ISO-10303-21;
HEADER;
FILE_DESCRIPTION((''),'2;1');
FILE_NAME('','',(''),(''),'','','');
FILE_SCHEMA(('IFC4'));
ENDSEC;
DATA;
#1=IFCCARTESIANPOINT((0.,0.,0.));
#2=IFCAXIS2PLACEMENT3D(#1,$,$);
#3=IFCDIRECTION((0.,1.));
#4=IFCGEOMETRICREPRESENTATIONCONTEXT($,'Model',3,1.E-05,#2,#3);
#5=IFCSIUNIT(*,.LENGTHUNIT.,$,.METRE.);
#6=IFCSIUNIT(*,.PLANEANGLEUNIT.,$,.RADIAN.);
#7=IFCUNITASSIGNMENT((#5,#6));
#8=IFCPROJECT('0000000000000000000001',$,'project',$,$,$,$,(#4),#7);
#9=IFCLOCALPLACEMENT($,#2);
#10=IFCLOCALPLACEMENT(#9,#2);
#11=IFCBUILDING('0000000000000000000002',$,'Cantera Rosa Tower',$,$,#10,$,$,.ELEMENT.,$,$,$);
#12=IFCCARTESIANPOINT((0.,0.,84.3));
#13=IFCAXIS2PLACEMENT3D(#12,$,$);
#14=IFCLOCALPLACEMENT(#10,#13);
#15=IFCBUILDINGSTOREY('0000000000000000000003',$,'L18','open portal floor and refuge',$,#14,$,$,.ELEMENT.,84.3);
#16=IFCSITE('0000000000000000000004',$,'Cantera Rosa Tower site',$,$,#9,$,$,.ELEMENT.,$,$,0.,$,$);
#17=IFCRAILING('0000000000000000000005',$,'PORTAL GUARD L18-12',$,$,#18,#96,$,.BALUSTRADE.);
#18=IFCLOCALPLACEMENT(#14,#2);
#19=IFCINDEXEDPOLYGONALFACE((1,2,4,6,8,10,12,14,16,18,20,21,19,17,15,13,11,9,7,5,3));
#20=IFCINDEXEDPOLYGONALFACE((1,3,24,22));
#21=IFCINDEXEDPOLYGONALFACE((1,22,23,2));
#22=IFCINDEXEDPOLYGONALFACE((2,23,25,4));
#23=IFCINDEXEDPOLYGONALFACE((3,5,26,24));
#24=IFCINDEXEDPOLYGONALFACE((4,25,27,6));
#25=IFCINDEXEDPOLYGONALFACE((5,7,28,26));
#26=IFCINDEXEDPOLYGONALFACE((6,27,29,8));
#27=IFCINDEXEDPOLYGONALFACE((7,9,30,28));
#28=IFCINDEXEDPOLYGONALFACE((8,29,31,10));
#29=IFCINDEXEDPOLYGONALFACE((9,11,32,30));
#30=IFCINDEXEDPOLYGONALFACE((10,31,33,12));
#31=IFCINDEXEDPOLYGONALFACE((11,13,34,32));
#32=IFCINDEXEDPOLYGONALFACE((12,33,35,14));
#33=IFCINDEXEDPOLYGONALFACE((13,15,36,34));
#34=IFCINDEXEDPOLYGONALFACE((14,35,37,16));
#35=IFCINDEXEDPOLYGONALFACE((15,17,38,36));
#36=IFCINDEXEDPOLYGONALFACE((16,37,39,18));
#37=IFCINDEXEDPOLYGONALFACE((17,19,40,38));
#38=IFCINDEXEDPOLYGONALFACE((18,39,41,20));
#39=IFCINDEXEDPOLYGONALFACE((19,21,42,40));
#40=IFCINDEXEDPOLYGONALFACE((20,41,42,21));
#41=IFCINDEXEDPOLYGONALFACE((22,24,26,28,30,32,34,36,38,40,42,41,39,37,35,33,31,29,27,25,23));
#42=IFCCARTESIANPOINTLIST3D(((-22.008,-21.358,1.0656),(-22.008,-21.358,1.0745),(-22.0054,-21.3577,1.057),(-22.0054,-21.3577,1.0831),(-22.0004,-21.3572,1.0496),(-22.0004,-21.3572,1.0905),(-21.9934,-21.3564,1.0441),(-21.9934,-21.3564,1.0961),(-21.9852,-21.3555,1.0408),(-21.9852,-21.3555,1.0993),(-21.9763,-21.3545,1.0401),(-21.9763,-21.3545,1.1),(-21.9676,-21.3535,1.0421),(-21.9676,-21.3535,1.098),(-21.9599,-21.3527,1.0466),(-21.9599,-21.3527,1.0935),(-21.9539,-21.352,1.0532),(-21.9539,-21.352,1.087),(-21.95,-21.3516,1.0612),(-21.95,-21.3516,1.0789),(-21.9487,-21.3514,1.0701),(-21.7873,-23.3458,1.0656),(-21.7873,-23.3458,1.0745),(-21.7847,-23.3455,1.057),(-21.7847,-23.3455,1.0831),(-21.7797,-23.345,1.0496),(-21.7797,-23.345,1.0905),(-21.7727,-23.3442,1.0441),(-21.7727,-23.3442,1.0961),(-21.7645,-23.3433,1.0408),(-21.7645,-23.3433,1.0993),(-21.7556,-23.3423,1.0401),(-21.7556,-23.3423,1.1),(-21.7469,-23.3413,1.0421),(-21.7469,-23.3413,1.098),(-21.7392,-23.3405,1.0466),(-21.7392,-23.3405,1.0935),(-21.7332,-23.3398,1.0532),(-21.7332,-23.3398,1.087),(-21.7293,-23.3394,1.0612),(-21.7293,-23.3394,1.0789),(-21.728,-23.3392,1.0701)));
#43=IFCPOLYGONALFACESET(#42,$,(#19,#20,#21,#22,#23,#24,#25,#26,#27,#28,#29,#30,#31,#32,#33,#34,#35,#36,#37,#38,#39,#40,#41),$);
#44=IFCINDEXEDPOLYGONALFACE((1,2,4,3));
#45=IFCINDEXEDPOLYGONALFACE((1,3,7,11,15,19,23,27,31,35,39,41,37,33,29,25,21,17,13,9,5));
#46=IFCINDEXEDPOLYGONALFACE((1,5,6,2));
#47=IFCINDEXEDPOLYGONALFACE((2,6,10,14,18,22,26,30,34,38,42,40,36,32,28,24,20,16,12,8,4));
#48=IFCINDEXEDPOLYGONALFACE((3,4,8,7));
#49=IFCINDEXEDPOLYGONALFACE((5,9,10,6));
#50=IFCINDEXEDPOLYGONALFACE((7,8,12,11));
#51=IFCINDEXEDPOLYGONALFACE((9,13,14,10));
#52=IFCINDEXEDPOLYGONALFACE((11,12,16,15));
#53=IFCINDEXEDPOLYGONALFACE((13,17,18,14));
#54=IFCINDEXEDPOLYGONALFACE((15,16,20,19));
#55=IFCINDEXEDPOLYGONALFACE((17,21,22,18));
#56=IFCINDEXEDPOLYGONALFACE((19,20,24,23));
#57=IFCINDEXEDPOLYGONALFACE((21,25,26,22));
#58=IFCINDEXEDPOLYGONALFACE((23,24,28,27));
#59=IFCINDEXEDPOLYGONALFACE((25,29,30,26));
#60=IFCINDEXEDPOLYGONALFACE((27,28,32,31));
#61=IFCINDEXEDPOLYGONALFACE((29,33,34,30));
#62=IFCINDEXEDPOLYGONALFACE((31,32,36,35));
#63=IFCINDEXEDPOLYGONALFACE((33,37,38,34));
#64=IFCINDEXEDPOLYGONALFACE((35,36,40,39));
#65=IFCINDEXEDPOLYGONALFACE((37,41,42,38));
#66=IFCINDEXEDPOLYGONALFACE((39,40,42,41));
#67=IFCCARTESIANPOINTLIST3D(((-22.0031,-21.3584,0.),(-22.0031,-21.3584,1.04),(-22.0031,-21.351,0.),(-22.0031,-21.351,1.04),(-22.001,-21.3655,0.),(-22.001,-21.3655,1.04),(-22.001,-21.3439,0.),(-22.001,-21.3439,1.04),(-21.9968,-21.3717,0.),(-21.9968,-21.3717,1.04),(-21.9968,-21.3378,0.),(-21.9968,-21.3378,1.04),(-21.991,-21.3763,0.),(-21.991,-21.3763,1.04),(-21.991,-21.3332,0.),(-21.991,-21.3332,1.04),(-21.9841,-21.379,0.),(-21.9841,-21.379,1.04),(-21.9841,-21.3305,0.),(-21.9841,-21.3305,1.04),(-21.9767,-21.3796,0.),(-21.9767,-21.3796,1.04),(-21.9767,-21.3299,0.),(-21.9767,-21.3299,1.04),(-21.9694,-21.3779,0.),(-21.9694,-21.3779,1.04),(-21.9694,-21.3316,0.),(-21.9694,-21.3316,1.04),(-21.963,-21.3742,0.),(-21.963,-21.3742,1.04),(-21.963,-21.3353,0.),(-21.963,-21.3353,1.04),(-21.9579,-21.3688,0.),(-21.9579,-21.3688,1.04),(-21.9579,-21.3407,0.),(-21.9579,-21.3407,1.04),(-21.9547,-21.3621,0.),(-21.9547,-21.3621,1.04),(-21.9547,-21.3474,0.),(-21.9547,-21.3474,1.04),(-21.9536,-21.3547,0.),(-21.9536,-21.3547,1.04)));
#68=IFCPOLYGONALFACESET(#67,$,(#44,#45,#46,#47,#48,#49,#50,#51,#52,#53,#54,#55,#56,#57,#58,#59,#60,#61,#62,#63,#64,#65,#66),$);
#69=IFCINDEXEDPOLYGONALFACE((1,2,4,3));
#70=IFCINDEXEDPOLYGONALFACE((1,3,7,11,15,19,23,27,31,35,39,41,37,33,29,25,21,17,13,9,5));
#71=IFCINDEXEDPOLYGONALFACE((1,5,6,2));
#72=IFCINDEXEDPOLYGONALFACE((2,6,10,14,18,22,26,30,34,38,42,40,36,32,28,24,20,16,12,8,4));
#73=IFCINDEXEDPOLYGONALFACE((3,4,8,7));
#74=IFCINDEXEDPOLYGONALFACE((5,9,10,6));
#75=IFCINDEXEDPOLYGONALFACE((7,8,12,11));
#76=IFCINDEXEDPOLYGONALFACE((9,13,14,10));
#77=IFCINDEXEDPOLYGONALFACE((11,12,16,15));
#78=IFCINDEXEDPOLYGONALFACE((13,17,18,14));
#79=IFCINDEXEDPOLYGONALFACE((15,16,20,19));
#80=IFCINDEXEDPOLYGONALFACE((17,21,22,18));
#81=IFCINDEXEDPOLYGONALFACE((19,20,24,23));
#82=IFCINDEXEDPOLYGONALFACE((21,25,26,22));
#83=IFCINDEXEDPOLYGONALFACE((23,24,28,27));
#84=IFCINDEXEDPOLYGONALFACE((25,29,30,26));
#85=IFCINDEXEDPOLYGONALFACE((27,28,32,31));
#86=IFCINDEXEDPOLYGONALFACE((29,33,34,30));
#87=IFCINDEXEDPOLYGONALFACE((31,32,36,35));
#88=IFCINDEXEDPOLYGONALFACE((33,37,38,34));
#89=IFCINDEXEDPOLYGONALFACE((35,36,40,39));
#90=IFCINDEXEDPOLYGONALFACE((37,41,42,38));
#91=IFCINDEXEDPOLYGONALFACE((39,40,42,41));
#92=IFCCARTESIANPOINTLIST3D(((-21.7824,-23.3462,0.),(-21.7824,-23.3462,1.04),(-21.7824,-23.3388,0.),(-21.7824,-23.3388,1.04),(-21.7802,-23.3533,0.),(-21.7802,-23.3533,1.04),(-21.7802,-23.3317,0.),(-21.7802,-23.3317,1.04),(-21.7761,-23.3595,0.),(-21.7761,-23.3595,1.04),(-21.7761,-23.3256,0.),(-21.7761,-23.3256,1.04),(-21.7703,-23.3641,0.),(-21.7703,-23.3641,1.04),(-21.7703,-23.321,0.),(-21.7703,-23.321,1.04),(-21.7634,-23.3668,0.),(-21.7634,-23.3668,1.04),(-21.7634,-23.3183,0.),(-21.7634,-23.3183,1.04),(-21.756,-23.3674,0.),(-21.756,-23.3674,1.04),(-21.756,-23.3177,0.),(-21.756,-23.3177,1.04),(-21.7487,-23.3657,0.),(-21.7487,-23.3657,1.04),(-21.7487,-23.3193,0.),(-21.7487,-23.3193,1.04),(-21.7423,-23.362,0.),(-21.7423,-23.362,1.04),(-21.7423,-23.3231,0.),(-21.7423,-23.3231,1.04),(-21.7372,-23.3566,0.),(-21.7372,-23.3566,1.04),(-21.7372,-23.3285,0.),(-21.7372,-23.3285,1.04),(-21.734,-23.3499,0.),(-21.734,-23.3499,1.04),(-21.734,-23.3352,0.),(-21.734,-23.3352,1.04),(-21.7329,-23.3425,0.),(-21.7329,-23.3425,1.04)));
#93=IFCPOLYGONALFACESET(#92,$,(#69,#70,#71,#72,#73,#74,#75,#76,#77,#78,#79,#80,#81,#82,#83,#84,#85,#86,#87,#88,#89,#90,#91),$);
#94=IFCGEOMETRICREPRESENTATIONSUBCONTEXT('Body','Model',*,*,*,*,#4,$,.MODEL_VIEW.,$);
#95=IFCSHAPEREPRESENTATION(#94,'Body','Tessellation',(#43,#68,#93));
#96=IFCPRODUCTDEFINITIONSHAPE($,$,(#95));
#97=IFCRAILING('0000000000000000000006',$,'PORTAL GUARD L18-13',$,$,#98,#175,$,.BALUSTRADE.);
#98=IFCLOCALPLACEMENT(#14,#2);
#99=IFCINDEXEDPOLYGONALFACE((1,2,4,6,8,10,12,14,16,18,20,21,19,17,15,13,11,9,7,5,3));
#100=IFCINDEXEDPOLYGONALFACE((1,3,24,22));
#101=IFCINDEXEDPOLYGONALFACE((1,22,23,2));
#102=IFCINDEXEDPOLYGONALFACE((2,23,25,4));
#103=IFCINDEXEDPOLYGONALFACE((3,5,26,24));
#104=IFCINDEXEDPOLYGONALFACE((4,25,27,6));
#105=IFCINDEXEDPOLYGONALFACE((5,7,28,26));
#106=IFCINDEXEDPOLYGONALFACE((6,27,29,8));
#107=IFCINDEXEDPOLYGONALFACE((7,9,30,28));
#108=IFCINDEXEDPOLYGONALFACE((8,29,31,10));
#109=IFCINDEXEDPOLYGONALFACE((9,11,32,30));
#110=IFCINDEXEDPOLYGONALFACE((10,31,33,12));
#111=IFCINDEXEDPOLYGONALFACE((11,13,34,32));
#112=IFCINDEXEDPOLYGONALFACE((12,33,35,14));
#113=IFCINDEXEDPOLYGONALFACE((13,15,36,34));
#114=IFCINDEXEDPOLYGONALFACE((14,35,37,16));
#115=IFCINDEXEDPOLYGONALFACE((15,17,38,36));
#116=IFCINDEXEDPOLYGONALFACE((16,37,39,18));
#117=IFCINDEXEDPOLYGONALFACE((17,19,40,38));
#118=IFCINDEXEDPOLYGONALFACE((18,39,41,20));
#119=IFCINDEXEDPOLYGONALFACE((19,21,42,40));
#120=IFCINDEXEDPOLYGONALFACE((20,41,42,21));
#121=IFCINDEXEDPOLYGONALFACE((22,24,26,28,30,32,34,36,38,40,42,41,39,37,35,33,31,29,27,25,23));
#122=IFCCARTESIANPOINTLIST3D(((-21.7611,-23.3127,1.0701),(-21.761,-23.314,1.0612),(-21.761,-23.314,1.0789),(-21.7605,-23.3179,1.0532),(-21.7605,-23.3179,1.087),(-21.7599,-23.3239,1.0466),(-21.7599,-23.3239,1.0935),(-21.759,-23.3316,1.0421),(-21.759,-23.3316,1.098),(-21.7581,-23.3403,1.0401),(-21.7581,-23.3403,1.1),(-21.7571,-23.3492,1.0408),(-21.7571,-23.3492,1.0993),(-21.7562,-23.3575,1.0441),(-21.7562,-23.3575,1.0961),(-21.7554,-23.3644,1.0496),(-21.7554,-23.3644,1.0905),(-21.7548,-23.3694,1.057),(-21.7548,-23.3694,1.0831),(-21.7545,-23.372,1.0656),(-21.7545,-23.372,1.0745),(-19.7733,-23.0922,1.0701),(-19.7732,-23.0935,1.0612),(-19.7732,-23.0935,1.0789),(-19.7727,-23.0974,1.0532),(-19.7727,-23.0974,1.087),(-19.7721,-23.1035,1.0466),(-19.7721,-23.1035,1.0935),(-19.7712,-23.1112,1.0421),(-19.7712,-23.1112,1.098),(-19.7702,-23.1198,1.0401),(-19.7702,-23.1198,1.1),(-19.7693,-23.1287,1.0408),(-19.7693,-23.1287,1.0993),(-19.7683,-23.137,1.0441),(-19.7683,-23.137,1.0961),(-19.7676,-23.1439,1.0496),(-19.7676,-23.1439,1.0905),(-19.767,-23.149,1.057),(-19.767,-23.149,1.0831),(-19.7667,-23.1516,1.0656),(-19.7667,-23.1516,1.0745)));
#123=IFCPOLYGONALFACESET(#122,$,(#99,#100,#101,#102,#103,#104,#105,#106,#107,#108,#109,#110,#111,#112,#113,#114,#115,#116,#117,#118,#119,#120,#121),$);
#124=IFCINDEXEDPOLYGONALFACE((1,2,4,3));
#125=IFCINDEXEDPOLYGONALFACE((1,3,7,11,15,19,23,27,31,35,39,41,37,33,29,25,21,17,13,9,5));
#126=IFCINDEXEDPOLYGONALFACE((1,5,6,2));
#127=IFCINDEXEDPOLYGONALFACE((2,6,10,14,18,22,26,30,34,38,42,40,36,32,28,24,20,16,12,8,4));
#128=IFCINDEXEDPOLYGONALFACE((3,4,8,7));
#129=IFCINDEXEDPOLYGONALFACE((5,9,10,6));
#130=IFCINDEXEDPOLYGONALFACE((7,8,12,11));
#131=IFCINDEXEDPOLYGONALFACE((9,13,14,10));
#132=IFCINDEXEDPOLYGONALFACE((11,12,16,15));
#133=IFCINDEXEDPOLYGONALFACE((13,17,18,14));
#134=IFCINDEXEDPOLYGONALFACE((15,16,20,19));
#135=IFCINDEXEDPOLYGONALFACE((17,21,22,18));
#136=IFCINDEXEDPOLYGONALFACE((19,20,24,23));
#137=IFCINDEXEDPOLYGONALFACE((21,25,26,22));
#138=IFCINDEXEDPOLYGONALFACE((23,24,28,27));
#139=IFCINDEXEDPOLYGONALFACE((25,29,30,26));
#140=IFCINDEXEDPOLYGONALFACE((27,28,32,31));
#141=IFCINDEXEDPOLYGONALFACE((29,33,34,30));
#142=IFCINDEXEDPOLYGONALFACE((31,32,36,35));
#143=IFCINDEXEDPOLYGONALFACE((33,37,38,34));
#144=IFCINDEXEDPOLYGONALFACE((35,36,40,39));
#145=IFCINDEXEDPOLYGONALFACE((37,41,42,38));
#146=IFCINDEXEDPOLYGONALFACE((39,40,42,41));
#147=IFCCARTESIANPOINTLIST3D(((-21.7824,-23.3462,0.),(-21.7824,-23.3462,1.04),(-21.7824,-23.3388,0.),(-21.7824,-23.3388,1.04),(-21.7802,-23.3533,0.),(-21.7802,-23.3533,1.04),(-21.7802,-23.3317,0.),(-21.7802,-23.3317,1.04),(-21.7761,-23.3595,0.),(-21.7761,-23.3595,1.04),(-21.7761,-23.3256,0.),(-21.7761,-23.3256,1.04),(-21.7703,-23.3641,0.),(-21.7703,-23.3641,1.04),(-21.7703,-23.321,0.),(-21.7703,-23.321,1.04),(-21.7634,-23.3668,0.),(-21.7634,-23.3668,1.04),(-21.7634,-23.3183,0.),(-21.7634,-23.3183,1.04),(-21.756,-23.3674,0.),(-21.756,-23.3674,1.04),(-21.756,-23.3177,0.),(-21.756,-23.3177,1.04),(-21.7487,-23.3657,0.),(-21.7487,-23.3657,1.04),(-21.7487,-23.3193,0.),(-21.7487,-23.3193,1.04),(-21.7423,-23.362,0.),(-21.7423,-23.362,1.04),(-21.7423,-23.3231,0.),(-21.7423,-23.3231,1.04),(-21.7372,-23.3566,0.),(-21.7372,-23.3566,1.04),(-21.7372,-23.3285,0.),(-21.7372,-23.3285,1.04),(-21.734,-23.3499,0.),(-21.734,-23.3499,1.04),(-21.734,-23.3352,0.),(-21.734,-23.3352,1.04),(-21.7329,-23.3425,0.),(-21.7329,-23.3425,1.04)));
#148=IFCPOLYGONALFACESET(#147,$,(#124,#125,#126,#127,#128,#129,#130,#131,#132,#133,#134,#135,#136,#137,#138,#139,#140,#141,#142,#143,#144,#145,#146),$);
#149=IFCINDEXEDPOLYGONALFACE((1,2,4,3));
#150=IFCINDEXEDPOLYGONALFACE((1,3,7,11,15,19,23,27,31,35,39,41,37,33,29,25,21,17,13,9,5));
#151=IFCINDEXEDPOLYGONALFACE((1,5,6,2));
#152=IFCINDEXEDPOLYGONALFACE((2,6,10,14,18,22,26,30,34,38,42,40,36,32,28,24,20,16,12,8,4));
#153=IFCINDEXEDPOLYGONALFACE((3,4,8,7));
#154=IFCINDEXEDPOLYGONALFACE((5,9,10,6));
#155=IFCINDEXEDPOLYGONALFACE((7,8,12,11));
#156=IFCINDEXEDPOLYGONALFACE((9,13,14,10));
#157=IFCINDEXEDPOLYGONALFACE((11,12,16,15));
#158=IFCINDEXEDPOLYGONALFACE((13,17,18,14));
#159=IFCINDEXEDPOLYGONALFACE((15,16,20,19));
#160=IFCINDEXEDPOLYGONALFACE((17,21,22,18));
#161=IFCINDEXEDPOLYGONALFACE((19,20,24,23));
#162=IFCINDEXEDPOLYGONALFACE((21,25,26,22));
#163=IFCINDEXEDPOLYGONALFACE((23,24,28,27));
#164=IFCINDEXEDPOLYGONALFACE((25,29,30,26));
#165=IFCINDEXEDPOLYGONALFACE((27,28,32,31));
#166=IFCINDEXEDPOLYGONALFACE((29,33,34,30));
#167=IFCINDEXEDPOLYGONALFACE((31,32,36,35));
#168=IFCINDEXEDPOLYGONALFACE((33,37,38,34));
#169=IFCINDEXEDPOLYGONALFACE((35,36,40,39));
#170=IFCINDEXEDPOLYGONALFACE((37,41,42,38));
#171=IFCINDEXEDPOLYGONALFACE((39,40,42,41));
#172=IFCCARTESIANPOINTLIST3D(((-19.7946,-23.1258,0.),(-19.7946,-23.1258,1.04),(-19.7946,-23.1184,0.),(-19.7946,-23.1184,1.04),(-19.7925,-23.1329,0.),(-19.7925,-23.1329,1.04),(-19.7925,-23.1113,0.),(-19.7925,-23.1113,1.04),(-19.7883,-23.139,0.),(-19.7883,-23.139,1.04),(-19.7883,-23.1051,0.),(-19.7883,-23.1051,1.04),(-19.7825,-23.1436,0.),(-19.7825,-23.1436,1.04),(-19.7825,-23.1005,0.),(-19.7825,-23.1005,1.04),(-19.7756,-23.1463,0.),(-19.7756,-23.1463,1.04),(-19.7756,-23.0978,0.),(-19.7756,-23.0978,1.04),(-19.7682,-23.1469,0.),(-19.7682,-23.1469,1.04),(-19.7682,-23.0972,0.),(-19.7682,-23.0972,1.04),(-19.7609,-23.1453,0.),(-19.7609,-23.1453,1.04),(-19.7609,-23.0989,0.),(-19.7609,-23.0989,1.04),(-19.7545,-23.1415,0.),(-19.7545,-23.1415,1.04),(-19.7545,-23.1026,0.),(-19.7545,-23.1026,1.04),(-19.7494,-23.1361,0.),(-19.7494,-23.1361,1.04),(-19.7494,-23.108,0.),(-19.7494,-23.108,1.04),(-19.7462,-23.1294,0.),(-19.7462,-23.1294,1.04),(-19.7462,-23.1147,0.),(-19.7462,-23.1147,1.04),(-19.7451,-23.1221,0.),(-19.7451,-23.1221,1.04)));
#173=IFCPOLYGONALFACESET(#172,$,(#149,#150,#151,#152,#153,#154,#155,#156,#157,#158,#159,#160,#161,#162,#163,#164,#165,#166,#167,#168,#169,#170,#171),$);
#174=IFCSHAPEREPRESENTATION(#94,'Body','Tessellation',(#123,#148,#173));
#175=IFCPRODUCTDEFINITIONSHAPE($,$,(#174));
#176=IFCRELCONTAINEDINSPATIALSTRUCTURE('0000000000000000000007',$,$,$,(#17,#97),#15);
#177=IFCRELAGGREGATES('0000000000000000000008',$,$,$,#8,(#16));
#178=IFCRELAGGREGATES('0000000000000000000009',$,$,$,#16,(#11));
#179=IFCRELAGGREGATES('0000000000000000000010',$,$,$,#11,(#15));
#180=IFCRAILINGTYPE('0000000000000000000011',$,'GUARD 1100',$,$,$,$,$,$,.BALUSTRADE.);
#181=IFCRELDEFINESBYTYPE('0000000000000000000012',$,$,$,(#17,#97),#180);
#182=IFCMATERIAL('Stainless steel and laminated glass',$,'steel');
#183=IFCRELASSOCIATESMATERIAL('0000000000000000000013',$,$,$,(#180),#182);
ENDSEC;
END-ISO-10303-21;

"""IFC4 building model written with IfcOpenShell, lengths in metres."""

from ifc_helpers import new_model, si_unit, direction, frame, origin, origin_2d, place, context, subcontext, project, spatial, circle, extrude, material, type_object, element, save


model = new_model("IFC4")

# Units and contexts
model_context = context("Model", 3, precision=1e-05, world=origin(), true_north=direction((0.0, 1.0)))
body_context = subcontext(model_context, "Body", "Model", "MODEL_VIEW")
ifc_project = project(units=[si_unit("LENGTHUNIT", "METRE"), si_unit("PLANEANGLEUNIT", "RADIAN")], contexts=[model_context])

# Site, building, storey
site_placement = place(None, origin())
site = spatial("IfcSite", under=ifc_project, at=site_placement, Name="Cantera Rosa Tower site", CompositionType="ELEMENT", RefElevation=0.0)
building_placement = place(site_placement, origin())
building = spatial("IfcBuilding", under=site, at=building_placement, Name="Cantera Rosa Tower", CompositionType="ELEMENT")
storey_placement = place(building_placement, frame((0.0, 0.0, 84.3)))
storey = spatial("IfcBuildingStorey", under=building, at=storey_placement, Name="L18", Description="open portal floor and refuge", CompositionType="ELEMENT", Elevation=84.3)

# Railings
ifc_material_1 = material(Name="Stainless steel and laminated glass", Category="steel")
railing_type = type_object("IfcRailingType", Name="GUARD 1100", PredefinedType="BALUSTRADE", material=ifc_material_1)
railing_1_placement = place(storey_placement, frame((-21.9785, -21.3547, 0.0)))
element("IfcRailing", 1, at=railing_1_placement, inside=storey, type_object=railing_type, Name="PORTAL GUARD L18-12", PredefinedType="BALUSTRADE", context=body_context, shape_type="SweptSolid", body=[
    extrude(circle(Radius=0.03, at=origin_2d()), frame((0.0, 0.0, 1.0701), z_axis=(0.110351, -0.993893, 0.0), x_axis=(0.993893, 0.110351, 0.0)), (0.0, 0.0, 1.0), 2.0),
    extrude(circle(Radius=0.0249, at=origin_2d()), origin(), (0.0, 0.0, 1.0), 1.04),
    extrude(circle(Radius=0.0249, at=origin_2d()), frame((0.2207, -1.9878, 0.0)), (0.0, 0.0, 1.0), 1.04),
])
railing_2_placement = place(storey_placement, frame((-21.7578, -23.3425, 0.0)))
element("IfcRailing", 2, at=railing_2_placement, inside=storey, type_object=railing_type, Name="PORTAL GUARD L18-13", PredefinedType="BALUSTRADE", context=body_context, shape_type="SweptSolid", body=[
    extrude(circle(Radius=0.03, at=origin_2d()), frame((0.0, 0.0, 1.0701), z_axis=(0.993906, 0.110231, 0.0), x_axis=(-0.110231, 0.993906, 0.0)), (0.0, 0.0, 1.0), 2.0),
    extrude(circle(Radius=0.0249, at=origin_2d()), origin(), (0.0, 0.0, 1.0), 1.04),
    extrude(circle(Radius=0.0249, at=origin_2d()), frame((1.9878, 0.2205, 0.0)), (0.0, 0.0, 1.0), 1.04),
])

save(model, "model.ifc")
